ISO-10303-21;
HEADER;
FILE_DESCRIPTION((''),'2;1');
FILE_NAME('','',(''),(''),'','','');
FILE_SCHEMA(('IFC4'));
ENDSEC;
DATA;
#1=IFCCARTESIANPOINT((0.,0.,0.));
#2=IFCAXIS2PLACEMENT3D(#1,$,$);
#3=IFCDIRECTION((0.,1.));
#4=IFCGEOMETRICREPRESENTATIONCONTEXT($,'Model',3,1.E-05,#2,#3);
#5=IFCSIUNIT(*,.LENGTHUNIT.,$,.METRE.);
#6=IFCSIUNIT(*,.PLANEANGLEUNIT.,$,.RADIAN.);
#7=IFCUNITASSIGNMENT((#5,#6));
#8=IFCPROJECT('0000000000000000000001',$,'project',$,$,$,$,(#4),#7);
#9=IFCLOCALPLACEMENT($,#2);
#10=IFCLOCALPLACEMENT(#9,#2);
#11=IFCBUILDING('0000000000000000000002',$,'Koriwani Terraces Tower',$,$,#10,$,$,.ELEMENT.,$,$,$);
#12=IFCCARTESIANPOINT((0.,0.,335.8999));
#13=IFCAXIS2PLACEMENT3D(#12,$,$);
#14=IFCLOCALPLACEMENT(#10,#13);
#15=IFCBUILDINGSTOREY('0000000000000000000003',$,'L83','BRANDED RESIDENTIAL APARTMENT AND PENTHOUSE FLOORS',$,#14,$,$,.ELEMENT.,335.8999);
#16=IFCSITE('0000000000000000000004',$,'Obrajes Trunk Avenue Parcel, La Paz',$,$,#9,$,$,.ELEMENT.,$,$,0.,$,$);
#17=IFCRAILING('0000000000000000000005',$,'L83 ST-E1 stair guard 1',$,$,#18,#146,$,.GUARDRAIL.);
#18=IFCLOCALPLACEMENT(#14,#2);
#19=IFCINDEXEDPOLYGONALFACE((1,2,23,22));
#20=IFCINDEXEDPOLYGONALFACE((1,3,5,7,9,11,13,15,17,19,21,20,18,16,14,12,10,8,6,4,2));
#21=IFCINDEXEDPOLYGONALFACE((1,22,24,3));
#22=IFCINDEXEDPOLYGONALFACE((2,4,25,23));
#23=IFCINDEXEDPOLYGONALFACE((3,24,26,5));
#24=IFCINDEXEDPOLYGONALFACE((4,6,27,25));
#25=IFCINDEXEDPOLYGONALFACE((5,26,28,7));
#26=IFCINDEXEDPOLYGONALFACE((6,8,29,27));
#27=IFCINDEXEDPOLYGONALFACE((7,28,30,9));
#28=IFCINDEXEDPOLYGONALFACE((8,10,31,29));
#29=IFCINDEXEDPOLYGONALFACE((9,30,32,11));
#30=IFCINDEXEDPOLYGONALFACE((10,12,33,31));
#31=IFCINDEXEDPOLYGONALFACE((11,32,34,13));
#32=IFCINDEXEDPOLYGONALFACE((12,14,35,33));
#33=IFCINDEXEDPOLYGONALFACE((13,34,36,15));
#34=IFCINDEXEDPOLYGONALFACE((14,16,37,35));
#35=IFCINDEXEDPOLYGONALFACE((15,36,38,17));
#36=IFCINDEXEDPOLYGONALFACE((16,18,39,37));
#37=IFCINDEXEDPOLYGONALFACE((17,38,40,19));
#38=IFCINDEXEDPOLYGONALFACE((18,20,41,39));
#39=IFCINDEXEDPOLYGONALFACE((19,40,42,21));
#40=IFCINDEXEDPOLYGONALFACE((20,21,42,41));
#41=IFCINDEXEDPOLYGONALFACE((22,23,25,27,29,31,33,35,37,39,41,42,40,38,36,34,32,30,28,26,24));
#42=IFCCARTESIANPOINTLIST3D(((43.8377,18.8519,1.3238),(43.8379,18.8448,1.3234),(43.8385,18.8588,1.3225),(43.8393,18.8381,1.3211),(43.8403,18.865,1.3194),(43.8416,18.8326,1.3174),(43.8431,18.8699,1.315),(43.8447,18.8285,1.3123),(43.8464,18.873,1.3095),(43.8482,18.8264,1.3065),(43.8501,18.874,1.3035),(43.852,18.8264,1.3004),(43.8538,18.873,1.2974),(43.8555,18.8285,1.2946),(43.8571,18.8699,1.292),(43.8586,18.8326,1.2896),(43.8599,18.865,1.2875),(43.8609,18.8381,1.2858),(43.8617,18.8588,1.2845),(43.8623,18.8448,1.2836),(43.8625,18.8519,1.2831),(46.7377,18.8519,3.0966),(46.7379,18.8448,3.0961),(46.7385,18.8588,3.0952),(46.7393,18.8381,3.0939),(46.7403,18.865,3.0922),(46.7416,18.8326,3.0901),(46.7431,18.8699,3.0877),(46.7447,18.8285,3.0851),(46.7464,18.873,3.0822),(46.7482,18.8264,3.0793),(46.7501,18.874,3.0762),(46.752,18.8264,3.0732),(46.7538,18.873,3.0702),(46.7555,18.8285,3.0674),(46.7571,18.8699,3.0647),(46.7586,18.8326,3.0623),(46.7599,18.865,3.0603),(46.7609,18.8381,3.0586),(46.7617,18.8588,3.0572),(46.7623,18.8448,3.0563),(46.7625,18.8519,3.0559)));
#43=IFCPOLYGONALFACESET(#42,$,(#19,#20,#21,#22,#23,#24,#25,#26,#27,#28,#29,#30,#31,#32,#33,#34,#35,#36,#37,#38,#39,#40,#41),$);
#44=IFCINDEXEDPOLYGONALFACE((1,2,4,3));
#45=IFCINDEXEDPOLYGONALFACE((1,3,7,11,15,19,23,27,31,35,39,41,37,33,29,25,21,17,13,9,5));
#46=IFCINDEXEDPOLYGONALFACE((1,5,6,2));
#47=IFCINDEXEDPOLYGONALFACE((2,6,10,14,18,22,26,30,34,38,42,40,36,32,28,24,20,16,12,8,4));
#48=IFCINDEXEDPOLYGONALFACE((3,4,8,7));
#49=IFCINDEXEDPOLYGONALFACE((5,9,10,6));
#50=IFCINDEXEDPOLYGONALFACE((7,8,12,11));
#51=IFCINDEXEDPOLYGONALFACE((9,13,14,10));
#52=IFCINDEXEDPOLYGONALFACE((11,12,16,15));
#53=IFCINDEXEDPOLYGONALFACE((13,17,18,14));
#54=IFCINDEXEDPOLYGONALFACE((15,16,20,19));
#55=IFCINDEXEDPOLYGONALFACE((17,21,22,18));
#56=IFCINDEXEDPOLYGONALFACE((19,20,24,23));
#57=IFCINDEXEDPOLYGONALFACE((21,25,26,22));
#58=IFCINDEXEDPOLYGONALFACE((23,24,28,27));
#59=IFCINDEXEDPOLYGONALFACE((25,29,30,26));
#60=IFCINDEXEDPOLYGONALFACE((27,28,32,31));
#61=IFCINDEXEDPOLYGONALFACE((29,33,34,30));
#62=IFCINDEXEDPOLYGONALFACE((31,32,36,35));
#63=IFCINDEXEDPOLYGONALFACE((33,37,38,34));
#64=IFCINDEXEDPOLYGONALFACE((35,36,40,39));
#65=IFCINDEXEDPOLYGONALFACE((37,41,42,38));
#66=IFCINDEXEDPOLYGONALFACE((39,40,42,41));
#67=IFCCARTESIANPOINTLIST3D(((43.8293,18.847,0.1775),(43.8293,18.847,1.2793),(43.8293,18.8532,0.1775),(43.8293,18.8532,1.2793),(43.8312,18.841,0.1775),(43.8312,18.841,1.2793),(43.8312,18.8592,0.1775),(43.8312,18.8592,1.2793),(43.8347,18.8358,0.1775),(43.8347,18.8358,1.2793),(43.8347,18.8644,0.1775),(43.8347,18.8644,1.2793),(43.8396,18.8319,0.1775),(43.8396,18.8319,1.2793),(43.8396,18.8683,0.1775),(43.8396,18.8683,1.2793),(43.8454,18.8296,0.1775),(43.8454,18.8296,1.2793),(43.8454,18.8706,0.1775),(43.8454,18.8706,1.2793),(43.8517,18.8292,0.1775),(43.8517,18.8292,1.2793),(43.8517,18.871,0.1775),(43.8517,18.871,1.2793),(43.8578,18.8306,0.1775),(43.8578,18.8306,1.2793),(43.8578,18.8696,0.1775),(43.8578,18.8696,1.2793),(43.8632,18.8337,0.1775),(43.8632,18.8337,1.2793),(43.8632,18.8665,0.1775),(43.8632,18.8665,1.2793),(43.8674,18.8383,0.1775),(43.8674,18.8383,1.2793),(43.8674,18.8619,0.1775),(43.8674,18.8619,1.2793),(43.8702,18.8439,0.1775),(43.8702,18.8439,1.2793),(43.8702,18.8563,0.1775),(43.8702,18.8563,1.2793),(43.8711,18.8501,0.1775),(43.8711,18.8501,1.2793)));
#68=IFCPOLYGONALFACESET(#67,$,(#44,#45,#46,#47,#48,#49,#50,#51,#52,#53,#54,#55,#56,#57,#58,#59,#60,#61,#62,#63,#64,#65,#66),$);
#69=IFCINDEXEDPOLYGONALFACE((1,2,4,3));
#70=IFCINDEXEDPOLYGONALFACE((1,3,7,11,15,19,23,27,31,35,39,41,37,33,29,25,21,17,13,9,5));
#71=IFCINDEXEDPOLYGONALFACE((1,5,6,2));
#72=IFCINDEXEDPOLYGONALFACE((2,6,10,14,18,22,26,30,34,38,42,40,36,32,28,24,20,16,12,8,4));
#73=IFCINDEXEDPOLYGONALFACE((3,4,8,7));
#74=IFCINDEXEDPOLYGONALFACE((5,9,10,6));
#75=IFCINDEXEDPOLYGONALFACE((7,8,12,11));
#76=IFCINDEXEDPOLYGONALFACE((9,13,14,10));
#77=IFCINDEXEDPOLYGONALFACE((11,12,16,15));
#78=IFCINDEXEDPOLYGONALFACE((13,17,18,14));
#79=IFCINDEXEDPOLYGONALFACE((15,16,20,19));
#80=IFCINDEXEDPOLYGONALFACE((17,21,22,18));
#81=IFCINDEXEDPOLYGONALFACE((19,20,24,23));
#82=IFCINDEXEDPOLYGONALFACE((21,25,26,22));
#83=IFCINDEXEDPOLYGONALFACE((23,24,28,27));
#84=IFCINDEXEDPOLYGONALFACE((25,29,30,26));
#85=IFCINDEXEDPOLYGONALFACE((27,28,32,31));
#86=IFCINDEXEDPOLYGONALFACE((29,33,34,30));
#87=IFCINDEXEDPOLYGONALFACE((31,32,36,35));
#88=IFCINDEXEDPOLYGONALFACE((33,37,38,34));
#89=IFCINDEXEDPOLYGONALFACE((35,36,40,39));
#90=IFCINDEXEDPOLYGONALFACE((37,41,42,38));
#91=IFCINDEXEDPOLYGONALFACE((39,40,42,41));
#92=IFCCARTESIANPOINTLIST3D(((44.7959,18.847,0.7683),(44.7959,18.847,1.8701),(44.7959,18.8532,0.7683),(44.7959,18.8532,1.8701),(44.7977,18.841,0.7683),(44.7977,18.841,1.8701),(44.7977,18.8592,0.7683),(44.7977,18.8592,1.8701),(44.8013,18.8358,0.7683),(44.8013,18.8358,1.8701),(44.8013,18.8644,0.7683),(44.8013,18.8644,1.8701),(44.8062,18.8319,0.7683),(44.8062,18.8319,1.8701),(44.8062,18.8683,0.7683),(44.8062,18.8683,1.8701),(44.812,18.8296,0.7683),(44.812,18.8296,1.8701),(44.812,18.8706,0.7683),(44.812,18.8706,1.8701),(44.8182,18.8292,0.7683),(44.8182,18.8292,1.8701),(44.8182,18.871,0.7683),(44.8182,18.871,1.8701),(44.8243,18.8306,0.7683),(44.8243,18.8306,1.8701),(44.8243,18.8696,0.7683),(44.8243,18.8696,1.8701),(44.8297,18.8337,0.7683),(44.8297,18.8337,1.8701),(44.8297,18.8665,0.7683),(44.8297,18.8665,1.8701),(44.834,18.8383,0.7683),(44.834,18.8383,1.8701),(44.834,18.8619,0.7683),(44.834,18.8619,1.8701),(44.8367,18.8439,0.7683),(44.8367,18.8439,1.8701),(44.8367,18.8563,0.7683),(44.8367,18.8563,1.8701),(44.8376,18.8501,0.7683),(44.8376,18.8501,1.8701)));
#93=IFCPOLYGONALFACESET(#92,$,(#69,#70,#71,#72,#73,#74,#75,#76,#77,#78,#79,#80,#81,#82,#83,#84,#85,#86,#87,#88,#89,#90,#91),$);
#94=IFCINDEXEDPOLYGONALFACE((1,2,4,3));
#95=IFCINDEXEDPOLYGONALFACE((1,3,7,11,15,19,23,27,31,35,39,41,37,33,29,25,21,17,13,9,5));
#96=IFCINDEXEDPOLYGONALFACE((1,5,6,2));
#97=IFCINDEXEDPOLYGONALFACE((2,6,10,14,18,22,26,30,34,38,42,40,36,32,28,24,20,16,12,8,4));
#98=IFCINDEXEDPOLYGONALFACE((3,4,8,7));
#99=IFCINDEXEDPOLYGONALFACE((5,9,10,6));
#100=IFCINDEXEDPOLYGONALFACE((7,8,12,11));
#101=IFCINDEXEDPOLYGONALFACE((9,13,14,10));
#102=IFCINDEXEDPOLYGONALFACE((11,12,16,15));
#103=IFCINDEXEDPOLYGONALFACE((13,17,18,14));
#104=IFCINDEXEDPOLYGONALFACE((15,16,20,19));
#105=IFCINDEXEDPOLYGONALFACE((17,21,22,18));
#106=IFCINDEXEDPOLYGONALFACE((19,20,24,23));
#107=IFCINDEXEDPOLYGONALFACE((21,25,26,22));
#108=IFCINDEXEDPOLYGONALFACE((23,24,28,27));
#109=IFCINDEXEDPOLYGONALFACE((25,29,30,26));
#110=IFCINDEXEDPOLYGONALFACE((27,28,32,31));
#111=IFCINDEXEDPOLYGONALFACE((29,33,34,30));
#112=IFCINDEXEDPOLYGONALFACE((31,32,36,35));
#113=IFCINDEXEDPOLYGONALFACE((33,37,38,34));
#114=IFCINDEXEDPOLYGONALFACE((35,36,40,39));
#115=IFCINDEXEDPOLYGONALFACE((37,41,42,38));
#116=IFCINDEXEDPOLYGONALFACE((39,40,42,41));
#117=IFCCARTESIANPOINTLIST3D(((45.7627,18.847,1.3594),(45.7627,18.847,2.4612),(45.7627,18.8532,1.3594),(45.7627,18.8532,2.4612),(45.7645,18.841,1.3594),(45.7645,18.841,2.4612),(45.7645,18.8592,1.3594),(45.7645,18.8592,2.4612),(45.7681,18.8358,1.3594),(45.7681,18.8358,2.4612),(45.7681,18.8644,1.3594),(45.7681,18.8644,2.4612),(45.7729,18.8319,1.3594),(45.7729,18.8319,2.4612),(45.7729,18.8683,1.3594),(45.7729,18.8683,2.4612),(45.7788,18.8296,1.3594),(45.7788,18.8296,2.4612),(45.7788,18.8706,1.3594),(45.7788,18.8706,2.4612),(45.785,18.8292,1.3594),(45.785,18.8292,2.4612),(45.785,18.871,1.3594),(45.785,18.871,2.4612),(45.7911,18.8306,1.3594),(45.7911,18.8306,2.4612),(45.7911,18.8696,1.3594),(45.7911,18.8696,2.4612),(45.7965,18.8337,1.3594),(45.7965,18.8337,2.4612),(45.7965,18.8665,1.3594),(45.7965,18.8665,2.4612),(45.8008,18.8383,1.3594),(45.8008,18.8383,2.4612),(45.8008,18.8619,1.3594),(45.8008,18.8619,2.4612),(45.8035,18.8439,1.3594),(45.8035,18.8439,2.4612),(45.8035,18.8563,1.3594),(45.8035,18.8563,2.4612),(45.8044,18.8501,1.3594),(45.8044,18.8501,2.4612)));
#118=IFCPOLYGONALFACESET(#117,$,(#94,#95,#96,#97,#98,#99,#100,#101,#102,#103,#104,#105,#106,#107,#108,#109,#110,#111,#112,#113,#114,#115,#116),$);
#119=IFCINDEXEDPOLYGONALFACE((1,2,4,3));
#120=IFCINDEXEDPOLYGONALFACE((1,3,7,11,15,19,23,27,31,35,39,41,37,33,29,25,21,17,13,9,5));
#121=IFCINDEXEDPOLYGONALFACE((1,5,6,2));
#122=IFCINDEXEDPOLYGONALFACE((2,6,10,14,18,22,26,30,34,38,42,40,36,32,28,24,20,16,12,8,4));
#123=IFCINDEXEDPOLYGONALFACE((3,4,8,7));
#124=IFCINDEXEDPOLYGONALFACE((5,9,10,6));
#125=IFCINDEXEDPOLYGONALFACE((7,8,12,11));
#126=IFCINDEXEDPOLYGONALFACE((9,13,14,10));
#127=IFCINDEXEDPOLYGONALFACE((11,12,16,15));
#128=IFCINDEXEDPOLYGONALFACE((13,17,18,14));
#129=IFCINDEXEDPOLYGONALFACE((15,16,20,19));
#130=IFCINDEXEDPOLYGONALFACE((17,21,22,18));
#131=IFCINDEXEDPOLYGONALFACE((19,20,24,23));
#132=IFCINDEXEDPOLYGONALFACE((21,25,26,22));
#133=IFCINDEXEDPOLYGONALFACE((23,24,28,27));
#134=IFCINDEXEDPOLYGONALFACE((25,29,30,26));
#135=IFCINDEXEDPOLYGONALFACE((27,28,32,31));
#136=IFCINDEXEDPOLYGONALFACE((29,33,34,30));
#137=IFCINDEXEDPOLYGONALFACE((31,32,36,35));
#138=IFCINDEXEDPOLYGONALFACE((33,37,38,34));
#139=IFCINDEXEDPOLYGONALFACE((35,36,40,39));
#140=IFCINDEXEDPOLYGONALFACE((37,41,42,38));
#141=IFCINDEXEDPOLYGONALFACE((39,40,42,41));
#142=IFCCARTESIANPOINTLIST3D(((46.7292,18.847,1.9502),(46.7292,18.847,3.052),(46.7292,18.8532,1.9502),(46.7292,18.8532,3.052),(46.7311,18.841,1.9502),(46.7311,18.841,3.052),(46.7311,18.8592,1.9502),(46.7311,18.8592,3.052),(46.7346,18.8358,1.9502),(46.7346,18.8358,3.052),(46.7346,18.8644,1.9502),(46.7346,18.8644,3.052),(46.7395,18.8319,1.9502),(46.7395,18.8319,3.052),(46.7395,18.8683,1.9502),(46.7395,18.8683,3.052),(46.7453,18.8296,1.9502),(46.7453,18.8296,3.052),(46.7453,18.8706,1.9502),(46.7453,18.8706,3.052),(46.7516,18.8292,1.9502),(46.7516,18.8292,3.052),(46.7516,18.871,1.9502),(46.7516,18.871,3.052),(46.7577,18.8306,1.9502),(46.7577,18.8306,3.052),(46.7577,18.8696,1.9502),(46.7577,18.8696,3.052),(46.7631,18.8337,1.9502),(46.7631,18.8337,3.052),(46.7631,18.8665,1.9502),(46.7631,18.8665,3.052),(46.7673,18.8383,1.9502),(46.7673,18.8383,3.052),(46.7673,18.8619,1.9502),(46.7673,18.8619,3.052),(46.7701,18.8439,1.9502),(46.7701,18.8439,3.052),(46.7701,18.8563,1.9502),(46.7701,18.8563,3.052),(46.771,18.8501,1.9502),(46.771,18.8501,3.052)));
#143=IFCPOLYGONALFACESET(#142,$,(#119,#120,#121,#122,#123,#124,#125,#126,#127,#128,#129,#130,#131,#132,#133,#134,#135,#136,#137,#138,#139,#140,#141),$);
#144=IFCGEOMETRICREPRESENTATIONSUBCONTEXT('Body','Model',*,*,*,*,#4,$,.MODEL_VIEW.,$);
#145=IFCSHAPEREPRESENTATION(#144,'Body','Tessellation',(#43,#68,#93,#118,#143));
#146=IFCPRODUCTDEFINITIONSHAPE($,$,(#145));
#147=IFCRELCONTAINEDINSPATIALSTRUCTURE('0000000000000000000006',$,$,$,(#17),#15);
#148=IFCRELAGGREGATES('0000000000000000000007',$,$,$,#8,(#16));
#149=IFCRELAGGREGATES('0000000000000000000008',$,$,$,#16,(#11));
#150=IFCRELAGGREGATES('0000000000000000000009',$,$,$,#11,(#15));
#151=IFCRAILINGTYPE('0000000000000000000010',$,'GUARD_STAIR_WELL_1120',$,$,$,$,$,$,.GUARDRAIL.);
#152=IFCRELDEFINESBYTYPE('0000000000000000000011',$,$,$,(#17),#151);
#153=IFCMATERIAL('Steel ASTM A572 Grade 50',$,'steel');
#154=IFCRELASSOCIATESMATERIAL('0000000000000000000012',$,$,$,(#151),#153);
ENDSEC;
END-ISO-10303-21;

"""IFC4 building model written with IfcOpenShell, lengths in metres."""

from ifc_helpers import new_model, si_unit, direction, frame, origin, origin_2d, place, context, subcontext, project, spatial, circle, extrude, material, type_object, element, save


model = new_model("IFC4")

# Units and contexts
model_context = context("Model", 3, precision=1e-05, world=origin(), true_north=direction((0.0, 1.0)))
body_context = subcontext(model_context, "Body", "Model", "MODEL_VIEW")
ifc_project = project(units=[si_unit("LENGTHUNIT", "METRE"), si_unit("PLANEANGLEUNIT", "RADIAN")], contexts=[model_context])

# Site, building, storey
site_placement = place(None, origin())
site = spatial("IfcSite", under=ifc_project, at=site_placement, Name="Obrajes Trunk Avenue Parcel, La Paz", CompositionType="ELEMENT", RefElevation=0.0)
building_placement = place(site_placement, origin())
building = spatial("IfcBuilding", under=site, at=building_placement, Name="Koriwani Terraces Tower", CompositionType="ELEMENT")
storey_placement = place(building_placement, frame((0.0, 0.0, 335.8999)))
storey = spatial("IfcBuildingStorey", under=building, at=storey_placement, Name="L83", Description="BRANDED RESIDENTIAL APARTMENT AND PENTHOUSE FLOORS", CompositionType="ELEMENT", Elevation=335.8999)

# Railing
ifc_material_1 = material(Name="Steel ASTM A572 Grade 50", Category="steel")
railing_type_1 = type_object("IfcRailingType", Name="GUARD_STAIR_WELL_1120", PredefinedType="GUARDRAIL", material=ifc_material_1)
railing_1_placement = place(storey_placement, frame((43.8501, 18.8501, 0.1775)))
element("IfcRailing", 1, at=railing_1_placement, inside=storey, type_object=railing_type_1, Name="L83 ST-E1 stair guard 1", PredefinedType="GUARDRAIL", context=body_context, shape_type="SweptSolid", body=[
    extrude(circle(Radius=0.0239, at=origin_2d()), frame((0.0, 0.0, 1.126), z_axis=(0.853211, 0.0, 0.521566), x_axis=(0.0, 1.0, 0.0)), (0.0, 0.0, 1.0), 3.3989),
    extrude(circle(Radius=0.021, at=origin_2d()), origin(), (0.0, 0.0, 1.0), 1.1018),
    extrude(circle(Radius=0.021, at=origin_2d()), frame((0.9666, 0.0, 0.5908)), (0.0, 0.0, 1.0), 1.1018),
    extrude(circle(Radius=0.021, at=origin_2d()), frame((1.9333, 0.0, 1.1819)), (0.0, 0.0, 1.0), 1.1018),
    extrude(circle(Radius=0.021, at=origin_2d()), frame((2.8999, 0.0, 1.7727)), (0.0, 0.0, 1.0), 1.1018),
])

save(model, "model.ifc")
